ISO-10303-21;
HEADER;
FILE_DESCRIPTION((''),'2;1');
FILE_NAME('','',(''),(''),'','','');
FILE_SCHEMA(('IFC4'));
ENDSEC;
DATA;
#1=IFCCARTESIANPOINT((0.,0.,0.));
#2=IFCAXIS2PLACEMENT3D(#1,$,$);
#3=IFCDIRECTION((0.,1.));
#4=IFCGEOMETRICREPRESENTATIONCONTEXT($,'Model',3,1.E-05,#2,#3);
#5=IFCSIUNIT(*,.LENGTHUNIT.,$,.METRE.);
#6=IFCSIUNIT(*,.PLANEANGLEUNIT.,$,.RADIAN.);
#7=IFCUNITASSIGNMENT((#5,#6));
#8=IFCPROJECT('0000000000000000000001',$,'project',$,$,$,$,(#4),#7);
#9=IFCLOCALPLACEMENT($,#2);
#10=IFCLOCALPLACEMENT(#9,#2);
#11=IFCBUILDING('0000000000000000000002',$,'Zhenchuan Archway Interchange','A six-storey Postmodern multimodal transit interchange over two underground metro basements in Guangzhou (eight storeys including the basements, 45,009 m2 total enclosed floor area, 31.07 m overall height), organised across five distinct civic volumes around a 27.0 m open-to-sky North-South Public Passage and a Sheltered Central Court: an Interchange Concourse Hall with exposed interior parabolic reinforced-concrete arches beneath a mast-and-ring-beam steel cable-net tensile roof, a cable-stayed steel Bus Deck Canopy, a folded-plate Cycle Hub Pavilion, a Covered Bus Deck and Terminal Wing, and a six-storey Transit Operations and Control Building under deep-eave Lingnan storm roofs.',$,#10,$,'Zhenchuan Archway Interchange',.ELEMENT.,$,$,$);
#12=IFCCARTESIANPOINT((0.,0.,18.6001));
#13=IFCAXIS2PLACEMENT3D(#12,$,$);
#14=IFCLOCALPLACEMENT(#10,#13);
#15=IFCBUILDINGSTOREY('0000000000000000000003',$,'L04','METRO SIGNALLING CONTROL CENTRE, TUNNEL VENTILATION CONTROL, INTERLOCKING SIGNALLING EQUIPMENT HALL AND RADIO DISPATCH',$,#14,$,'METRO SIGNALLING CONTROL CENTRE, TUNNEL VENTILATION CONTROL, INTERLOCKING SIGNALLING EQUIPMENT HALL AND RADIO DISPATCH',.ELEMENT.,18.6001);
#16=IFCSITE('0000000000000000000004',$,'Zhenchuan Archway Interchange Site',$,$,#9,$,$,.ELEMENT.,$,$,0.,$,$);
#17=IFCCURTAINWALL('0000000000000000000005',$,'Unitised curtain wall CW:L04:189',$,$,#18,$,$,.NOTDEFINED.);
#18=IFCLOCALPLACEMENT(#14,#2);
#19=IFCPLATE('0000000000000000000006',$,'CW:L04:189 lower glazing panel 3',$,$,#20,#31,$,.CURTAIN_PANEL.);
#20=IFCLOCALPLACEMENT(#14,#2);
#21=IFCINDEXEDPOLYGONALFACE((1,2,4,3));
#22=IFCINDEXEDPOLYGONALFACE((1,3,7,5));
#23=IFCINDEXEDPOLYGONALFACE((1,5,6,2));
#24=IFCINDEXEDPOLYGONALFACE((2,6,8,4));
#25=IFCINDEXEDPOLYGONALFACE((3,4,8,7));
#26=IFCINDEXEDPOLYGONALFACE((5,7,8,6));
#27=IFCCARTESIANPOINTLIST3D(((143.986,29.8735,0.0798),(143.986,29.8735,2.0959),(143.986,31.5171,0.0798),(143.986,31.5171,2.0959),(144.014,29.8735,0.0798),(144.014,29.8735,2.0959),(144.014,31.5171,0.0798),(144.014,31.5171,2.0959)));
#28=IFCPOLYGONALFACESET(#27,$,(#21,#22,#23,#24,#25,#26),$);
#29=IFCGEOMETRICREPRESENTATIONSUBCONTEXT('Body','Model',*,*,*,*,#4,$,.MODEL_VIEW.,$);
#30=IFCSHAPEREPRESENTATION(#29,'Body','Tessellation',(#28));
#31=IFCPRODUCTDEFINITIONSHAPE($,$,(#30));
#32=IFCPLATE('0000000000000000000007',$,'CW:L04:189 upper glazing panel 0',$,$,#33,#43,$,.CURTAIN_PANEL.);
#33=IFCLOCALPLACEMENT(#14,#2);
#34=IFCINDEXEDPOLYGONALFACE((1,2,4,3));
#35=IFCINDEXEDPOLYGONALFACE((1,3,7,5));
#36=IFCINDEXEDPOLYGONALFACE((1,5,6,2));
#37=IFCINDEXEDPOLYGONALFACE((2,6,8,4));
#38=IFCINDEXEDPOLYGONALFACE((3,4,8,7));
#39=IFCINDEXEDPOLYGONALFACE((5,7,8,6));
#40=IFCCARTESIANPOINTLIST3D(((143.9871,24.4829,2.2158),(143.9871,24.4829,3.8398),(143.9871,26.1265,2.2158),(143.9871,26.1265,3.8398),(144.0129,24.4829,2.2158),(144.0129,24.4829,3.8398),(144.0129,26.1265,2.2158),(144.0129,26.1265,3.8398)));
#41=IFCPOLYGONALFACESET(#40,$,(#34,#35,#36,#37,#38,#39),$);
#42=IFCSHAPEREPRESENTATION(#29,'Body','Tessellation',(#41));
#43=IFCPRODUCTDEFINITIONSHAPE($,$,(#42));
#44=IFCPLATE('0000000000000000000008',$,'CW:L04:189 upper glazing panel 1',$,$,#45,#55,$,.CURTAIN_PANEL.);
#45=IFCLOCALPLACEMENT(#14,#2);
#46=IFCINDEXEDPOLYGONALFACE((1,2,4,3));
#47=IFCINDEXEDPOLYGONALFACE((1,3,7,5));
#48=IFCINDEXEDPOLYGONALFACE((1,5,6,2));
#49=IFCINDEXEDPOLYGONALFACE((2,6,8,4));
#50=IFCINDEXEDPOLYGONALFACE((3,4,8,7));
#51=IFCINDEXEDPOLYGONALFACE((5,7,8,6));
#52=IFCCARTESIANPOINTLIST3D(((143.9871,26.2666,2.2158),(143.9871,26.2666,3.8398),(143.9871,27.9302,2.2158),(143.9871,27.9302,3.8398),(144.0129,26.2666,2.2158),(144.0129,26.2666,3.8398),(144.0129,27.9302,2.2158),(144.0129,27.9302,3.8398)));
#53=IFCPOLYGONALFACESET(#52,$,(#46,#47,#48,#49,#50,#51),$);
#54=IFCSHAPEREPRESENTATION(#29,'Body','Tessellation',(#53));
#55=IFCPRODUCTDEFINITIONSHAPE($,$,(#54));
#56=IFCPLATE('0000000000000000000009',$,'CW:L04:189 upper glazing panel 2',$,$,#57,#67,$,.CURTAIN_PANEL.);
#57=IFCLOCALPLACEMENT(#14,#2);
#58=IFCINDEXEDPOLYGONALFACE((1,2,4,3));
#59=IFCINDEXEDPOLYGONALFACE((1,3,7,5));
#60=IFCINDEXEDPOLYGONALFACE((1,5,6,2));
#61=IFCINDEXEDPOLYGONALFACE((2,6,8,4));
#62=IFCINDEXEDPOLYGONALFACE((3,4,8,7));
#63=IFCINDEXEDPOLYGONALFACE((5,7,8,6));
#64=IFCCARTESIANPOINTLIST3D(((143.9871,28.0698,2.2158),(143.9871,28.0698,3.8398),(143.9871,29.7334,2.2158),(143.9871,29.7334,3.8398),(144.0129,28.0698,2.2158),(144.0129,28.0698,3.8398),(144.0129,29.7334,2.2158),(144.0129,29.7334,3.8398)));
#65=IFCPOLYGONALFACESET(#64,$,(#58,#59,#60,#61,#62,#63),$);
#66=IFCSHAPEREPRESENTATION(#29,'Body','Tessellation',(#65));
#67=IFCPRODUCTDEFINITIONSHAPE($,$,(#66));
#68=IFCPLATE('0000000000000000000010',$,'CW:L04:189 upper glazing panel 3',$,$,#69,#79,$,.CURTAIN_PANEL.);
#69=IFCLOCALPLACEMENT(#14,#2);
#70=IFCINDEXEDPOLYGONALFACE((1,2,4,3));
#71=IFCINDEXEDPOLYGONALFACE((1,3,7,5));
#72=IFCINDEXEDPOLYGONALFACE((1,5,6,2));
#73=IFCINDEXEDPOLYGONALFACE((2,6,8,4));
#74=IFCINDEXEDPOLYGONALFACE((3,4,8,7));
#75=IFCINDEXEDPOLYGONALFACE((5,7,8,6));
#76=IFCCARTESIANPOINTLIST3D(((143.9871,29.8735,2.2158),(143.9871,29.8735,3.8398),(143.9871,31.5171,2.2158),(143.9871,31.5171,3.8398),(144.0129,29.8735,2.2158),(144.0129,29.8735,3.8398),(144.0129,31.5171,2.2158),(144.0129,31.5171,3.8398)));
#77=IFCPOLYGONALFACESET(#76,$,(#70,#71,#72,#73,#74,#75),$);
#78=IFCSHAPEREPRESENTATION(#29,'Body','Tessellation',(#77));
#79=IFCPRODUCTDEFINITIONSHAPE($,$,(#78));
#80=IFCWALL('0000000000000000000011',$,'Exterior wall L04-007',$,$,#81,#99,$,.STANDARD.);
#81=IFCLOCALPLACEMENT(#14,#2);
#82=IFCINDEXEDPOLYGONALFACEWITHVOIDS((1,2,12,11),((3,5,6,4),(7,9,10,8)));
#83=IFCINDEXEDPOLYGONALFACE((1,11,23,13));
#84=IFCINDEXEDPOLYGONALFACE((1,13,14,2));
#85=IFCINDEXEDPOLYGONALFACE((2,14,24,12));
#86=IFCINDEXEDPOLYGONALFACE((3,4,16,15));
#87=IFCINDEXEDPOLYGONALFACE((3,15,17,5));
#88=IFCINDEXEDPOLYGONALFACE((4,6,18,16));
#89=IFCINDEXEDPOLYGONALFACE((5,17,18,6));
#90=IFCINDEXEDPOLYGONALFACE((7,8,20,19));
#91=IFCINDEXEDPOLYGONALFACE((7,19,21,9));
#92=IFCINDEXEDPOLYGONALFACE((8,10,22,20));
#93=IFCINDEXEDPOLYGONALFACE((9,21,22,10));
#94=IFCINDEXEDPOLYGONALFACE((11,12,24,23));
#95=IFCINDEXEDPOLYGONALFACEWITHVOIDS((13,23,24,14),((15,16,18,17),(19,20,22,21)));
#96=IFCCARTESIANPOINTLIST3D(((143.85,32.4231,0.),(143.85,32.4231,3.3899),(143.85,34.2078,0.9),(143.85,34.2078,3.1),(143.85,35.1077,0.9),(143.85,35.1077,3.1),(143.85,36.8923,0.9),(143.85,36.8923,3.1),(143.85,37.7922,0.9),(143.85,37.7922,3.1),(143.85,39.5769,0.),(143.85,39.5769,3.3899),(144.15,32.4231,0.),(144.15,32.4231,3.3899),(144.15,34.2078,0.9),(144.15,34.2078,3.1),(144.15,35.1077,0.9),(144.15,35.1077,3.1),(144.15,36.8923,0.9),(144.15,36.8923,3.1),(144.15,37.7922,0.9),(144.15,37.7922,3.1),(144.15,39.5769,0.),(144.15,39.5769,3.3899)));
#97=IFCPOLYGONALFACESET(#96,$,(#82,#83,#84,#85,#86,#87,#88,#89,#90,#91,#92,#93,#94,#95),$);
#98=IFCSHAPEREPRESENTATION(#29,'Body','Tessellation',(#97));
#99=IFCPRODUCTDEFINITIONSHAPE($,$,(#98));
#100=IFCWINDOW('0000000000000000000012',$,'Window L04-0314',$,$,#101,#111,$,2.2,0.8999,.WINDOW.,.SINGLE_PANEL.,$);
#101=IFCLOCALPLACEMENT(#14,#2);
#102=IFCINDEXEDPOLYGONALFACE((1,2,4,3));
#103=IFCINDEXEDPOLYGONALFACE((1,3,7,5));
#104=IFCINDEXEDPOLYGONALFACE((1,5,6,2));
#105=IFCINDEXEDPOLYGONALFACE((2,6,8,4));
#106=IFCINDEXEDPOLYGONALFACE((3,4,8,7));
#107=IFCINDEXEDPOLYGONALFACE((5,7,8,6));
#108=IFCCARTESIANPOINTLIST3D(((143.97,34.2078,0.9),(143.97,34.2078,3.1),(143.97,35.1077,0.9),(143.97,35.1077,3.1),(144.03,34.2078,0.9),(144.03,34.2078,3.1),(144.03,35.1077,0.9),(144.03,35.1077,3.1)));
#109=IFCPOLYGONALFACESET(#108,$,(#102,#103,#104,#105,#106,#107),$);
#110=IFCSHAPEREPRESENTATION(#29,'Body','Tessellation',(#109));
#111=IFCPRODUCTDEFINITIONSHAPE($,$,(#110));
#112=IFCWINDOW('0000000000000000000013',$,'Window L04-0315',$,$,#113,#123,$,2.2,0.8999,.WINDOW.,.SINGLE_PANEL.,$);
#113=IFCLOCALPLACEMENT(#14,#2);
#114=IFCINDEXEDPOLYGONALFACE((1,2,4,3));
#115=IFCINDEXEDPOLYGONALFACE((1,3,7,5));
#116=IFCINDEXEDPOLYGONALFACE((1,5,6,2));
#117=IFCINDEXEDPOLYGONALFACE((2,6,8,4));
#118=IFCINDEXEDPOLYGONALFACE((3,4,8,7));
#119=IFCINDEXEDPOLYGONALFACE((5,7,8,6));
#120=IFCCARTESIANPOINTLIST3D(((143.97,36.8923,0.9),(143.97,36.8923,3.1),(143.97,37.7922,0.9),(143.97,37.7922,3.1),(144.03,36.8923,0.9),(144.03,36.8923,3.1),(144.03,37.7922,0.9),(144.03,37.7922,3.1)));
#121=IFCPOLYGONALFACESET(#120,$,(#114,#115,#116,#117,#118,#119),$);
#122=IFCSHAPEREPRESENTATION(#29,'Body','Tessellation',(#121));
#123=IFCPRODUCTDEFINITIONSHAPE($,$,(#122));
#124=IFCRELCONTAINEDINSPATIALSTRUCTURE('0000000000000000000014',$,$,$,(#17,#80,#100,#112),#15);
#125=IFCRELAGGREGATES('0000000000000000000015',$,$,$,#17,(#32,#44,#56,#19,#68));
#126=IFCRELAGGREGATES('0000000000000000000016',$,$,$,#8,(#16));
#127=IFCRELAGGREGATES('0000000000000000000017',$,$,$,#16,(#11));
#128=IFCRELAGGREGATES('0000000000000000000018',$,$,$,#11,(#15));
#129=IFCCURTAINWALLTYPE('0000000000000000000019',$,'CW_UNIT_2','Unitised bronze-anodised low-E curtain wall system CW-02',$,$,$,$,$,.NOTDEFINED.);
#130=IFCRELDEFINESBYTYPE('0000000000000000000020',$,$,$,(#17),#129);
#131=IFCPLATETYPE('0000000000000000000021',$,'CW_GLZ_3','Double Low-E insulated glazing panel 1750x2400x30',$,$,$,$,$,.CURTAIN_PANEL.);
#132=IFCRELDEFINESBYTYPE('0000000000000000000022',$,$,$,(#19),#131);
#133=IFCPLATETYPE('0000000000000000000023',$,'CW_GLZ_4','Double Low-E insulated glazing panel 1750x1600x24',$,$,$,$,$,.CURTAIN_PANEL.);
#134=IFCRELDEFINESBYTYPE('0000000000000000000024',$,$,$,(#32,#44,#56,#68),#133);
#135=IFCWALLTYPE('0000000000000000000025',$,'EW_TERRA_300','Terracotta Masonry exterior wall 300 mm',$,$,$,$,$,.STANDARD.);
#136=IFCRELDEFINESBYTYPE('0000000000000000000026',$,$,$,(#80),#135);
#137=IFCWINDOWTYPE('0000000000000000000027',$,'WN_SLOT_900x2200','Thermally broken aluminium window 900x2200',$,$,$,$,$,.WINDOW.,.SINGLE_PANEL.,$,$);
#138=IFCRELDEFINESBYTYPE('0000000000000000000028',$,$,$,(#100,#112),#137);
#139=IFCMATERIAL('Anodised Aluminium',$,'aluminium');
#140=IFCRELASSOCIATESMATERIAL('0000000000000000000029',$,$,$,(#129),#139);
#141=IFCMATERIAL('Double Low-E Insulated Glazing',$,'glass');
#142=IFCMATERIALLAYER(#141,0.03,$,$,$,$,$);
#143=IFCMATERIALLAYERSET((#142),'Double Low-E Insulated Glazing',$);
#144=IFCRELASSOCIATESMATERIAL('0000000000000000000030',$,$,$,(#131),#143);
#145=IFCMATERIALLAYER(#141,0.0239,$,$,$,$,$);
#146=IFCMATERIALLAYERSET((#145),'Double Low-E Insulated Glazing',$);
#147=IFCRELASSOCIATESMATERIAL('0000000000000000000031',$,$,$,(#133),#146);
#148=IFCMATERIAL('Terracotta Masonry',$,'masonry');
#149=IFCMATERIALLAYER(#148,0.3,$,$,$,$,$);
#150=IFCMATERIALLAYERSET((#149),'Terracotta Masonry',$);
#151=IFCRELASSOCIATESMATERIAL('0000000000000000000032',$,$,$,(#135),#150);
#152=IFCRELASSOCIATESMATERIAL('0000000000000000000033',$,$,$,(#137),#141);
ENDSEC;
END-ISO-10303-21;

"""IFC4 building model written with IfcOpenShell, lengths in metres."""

from ifc_helpers import new_model, si_unit, direction, frame, frame_2d, origin, origin_2d, place, context, subcontext, project, spatial, rectangle, extrude, material, layer, layer_set, type_object, element, fill, aggregate, save


model = new_model("IFC4")

# Units and contexts
model_context = context("Model", 3, precision=1e-05, world=origin(), true_north=direction((0.0, 1.0)))
body_context = subcontext(model_context, "Body", "Model", "MODEL_VIEW")
ifc_project = project(units=[si_unit("LENGTHUNIT", "METRE"), si_unit("PLANEANGLEUNIT", "RADIAN")], contexts=[model_context])

# Site, building, storey
site_placement = place(None, origin())
site = spatial("IfcSite", under=ifc_project, at=site_placement, Name="Zhenchuan Archway Interchange Site", CompositionType="ELEMENT", RefElevation=0.0)
building_placement = place(site_placement, origin())
building = spatial("IfcBuilding", under=site, at=building_placement, Name="Zhenchuan Archway Interchange", Description="A six-storey Postmodern multimodal transit interchange over two underground metro basements in Guangzhou (eight storeys including the basements, 45,009 m2 total enclosed floor area, 31.07 m overall height), organised across five distinct civic volumes around a 27.0 m open-to-sky North-South Public Passage and a Sheltered Central Court: an Interchange Concourse Hall with exposed interior parabolic reinforced-concrete arches beneath a mast-and-ring-beam steel cable-net tensile roof, a cable-stayed steel Bus Deck Canopy, a folded-plate Cycle Hub Pavilion, a Covered Bus Deck and Terminal Wing, and a six-storey Transit Operations and Control Building under deep-eave Lingnan storm roofs.", LongName="Zhenchuan Archway Interchange", CompositionType="ELEMENT")
storey_placement = place(building_placement, frame((0.0, 0.0, 18.6001)))
storey = spatial("IfcBuildingStorey", under=building, at=storey_placement, Name="L04", Description="METRO SIGNALLING CONTROL CENTRE, TUNNEL VENTILATION CONTROL, INTERLOCKING SIGNALLING EQUIPMENT HALL AND RADIO DISPATCH", LongName="METRO SIGNALLING CONTROL CENTRE, TUNNEL VENTILATION CONTROL, INTERLOCKING SIGNALLING EQUIPMENT HALL AND RADIO DISPATCH", CompositionType="ELEMENT", Elevation=18.6001)

# Curtain wall
ifc_material_1 = material(Name="Anodised Aluminium", Category="aluminium")
curtain_wall_type = type_object("IfcCurtainWallType", Name="CW_UNIT_2", Description="Unitised bronze-anodised low-E curtain wall system CW-02", PredefinedType="NOTDEFINED", material=ifc_material_1)
curtain_wall_placement = place(storey_placement, origin())
curtain_wall = element("IfcCurtainWall", 1, at=curtain_wall_placement, inside=storey, type_object=curtain_wall_type, Name="Unitised curtain wall CW:L04:189", PredefinedType="NOTDEFINED")

# Plates
ifc_material_2 = material(Name="Double Low-E Insulated Glazing", Category="glass")
ifc_layer_1 = layer(ifc_material_2, 0.03)
ifc_layer_set_1 = layer_set([ifc_layer_1], Name="Double Low-E Insulated Glazing")
plate_type_1 = type_object("IfcPlateType", Name="CW_GLZ_3", Description="Double Low-E insulated glazing panel 1750x2400x30", PredefinedType="CURTAIN_PANEL", material=ifc_layer_set_1)
plate_1_placement = place(storey_placement, frame((144.0, 30.6953, 0.0798), z_axis=(0.0, 0.0, 1.0), x_axis=(0.0, 1.0, 0.0)))
plate_1 = element("IfcPlate", 2, at=plate_1_placement, type_object=plate_type_1, Name="CW:L04:189 lower glazing panel 3", PredefinedType="CURTAIN_PANEL", context=body_context, shape_type="SweptSolid", body=[
    extrude(rectangle(XDim=1.6436, YDim=0.0281, at=origin_2d()), origin(), (0.0, 0.0, 1.0), 2.0161),
])
ifc_layer_2 = layer(ifc_material_2, 0.0239)
ifc_layer_set_2 = layer_set([ifc_layer_2], Name="Double Low-E Insulated Glazing")
plate_type_2 = type_object("IfcPlateType", Name="CW_GLZ_4", Description="Double Low-E insulated glazing panel 1750x1600x24", PredefinedType="CURTAIN_PANEL", material=ifc_layer_set_2)
plate_2_placement = place(storey_placement, frame((144.0, 25.3047, 2.2158), z_axis=(0.0, 0.0, 1.0), x_axis=(0.0, 1.0, 0.0)))
plate_2 = element("IfcPlate", 3, at=plate_2_placement, type_object=plate_type_2, Name="CW:L04:189 upper glazing panel 0", PredefinedType="CURTAIN_PANEL", context=body_context, shape_type="SweptSolid", body=[
    extrude(rectangle(XDim=1.6436, YDim=0.0259, at=origin_2d()), origin(), (0.0, 0.0, 1.0), 1.624),
])
plate_3_placement = place(storey_placement, frame((144.0, 27.0984, 2.2158), z_axis=(0.0, 0.0, 1.0), x_axis=(0.0, 1.0, 0.0)))
plate_3 = element("IfcPlate", 4, at=plate_3_placement, type_object=plate_type_2, Name="CW:L04:189 upper glazing panel 1", PredefinedType="CURTAIN_PANEL", context=body_context, shape_type="SweptSolid", body=[
    extrude(rectangle(XDim=1.6636, YDim=0.0259, at=origin_2d()), origin(), (0.0, 0.0, 1.0), 1.624),
])
plate_4_placement = place(storey_placement, frame((144.0, 28.9016, 2.2158), z_axis=(0.0, 0.0, 1.0), x_axis=(0.0, 1.0, 0.0)))
plate_4 = element("IfcPlate", 5, at=plate_4_placement, type_object=plate_type_2, Name="CW:L04:189 upper glazing panel 2", PredefinedType="CURTAIN_PANEL", context=body_context, shape_type="SweptSolid", body=[
    extrude(rectangle(XDim=1.6636, YDim=0.0259, at=origin_2d()), origin(), (0.0, 0.0, 1.0), 1.624),
])
plate_5_placement = place(storey_placement, frame((144.0, 30.6953, 2.2158), z_axis=(0.0, 0.0, 1.0), x_axis=(0.0, 1.0, 0.0)))
plate_5 = element("IfcPlate", 6, at=plate_5_placement, type_object=plate_type_2, Name="CW:L04:189 upper glazing panel 3", PredefinedType="CURTAIN_PANEL", context=body_context, shape_type="SweptSolid", body=[
    extrude(rectangle(XDim=1.6436, YDim=0.0259, at=origin_2d()), origin(), (0.0, 0.0, 1.0), 1.624),
])
aggregate(curtain_wall, [plate_2, plate_3, plate_4, plate_1, plate_5])

# Wall, openings, windows
ifc_material_3 = material(Name="Terracotta Masonry", Category="masonry")
ifc_layer_3 = layer(ifc_material_3, 0.3)
ifc_layer_set_3 = layer_set([ifc_layer_3], Name="Terracotta Masonry")
wall_type = type_object("IfcWallType", Name="EW_TERRA_300", Description="Terracotta Masonry exterior wall 300 mm", PredefinedType="STANDARD", material=ifc_layer_set_3)
wall_placement = place(storey_placement, frame((144.0, 32.4231, 0.0), z_axis=(0.0, 0.0, 1.0), x_axis=(0.0, 1.0, 0.0)))
wall = element("IfcWall", 7, at=wall_placement, inside=storey, type_object=wall_type, Name="Exterior wall L04-007", PredefinedType="STANDARD", context=body_context, shape_type="SweptSolid", body=[
    extrude(rectangle(XDim=7.1538, YDim=0.3, at=frame_2d((3.5769, 0.0))), origin(), (0.0, 0.0, 1.0), 3.3899),
])
opening_1_placement = place(wall_placement, frame((1.7847, 0.0, 0.8999)))
opening_1 = element("IfcOpeningElement", 8, at=opening_1_placement, cuts=wall, PredefinedType="OPENING", context=body_context, shape_type="SweptSolid", body=[
    extrude(rectangle(XDim=0.8999, YDim=2.2, at=frame_2d((0.45, 1.1001))), frame((0.0, 0.1621, 0.0), z_axis=(0.0, -1.0, 0.0), x_axis=(1.0, 0.0, 0.0)), (0.0, 0.0, 1.0), 0.324),
])
opening_2_placement = place(wall_placement, frame((4.4692, 0.0, 0.8999)))
opening_2 = element("IfcOpeningElement", 9, at=opening_2_placement, cuts=wall, PredefinedType="OPENING", context=body_context, shape_type="SweptSolid", body=[
    extrude(rectangle(XDim=0.8999, YDim=2.2, at=frame_2d((0.45, 1.1001))), frame((0.0, 0.1621, 0.0), z_axis=(0.0, -1.0, 0.0), x_axis=(1.0, 0.0, 0.0)), (0.0, 0.0, 1.0), 0.324),
])
window_type = type_object("IfcWindowType", Name="WN_SLOT_900x2200", Description="Thermally broken aluminium window 900x2200", PartitioningType="SINGLE_PANEL", PredefinedType="WINDOW", material=ifc_material_2)
window_1_placement = place(opening_1_placement, origin())
window_1 = element("IfcWindow", 10, at=window_1_placement, inside=storey, type_object=window_type, Name="Window L04-0314", OverallHeight=2.2, OverallWidth=0.8999, PartitioningType="SINGLE_PANEL", PredefinedType="WINDOW", context=body_context, shape_type="SweptSolid", body=[
    extrude(rectangle(XDim=0.8999, YDim=2.2, at=frame_2d((0.45, 1.1001))), frame((0.0, 0.03, 0.0), z_axis=(0.0, -1.0, 0.0), x_axis=(1.0, 0.0, 0.0)), (0.0, 0.0, 1.0), 0.0601),
])
fill(opening_1, window_1)
window_2_placement = place(opening_2_placement, origin())
window_2 = element("IfcWindow", 11, at=window_2_placement, inside=storey, type_object=window_type, Name="Window L04-0315", OverallHeight=2.2, OverallWidth=0.8999, PartitioningType="SINGLE_PANEL", PredefinedType="WINDOW", context=body_context, shape_type="SweptSolid", body=[
    extrude(rectangle(XDim=0.8999, YDim=2.2, at=frame_2d((0.45, 1.1001))), frame((0.0, 0.03, 0.0), z_axis=(0.0, -1.0, 0.0), x_axis=(1.0, 0.0, 0.0)), (0.0, 0.0, 1.0), 0.0601),
])
fill(opening_2, window_2)

save(model, "model.ifc")
